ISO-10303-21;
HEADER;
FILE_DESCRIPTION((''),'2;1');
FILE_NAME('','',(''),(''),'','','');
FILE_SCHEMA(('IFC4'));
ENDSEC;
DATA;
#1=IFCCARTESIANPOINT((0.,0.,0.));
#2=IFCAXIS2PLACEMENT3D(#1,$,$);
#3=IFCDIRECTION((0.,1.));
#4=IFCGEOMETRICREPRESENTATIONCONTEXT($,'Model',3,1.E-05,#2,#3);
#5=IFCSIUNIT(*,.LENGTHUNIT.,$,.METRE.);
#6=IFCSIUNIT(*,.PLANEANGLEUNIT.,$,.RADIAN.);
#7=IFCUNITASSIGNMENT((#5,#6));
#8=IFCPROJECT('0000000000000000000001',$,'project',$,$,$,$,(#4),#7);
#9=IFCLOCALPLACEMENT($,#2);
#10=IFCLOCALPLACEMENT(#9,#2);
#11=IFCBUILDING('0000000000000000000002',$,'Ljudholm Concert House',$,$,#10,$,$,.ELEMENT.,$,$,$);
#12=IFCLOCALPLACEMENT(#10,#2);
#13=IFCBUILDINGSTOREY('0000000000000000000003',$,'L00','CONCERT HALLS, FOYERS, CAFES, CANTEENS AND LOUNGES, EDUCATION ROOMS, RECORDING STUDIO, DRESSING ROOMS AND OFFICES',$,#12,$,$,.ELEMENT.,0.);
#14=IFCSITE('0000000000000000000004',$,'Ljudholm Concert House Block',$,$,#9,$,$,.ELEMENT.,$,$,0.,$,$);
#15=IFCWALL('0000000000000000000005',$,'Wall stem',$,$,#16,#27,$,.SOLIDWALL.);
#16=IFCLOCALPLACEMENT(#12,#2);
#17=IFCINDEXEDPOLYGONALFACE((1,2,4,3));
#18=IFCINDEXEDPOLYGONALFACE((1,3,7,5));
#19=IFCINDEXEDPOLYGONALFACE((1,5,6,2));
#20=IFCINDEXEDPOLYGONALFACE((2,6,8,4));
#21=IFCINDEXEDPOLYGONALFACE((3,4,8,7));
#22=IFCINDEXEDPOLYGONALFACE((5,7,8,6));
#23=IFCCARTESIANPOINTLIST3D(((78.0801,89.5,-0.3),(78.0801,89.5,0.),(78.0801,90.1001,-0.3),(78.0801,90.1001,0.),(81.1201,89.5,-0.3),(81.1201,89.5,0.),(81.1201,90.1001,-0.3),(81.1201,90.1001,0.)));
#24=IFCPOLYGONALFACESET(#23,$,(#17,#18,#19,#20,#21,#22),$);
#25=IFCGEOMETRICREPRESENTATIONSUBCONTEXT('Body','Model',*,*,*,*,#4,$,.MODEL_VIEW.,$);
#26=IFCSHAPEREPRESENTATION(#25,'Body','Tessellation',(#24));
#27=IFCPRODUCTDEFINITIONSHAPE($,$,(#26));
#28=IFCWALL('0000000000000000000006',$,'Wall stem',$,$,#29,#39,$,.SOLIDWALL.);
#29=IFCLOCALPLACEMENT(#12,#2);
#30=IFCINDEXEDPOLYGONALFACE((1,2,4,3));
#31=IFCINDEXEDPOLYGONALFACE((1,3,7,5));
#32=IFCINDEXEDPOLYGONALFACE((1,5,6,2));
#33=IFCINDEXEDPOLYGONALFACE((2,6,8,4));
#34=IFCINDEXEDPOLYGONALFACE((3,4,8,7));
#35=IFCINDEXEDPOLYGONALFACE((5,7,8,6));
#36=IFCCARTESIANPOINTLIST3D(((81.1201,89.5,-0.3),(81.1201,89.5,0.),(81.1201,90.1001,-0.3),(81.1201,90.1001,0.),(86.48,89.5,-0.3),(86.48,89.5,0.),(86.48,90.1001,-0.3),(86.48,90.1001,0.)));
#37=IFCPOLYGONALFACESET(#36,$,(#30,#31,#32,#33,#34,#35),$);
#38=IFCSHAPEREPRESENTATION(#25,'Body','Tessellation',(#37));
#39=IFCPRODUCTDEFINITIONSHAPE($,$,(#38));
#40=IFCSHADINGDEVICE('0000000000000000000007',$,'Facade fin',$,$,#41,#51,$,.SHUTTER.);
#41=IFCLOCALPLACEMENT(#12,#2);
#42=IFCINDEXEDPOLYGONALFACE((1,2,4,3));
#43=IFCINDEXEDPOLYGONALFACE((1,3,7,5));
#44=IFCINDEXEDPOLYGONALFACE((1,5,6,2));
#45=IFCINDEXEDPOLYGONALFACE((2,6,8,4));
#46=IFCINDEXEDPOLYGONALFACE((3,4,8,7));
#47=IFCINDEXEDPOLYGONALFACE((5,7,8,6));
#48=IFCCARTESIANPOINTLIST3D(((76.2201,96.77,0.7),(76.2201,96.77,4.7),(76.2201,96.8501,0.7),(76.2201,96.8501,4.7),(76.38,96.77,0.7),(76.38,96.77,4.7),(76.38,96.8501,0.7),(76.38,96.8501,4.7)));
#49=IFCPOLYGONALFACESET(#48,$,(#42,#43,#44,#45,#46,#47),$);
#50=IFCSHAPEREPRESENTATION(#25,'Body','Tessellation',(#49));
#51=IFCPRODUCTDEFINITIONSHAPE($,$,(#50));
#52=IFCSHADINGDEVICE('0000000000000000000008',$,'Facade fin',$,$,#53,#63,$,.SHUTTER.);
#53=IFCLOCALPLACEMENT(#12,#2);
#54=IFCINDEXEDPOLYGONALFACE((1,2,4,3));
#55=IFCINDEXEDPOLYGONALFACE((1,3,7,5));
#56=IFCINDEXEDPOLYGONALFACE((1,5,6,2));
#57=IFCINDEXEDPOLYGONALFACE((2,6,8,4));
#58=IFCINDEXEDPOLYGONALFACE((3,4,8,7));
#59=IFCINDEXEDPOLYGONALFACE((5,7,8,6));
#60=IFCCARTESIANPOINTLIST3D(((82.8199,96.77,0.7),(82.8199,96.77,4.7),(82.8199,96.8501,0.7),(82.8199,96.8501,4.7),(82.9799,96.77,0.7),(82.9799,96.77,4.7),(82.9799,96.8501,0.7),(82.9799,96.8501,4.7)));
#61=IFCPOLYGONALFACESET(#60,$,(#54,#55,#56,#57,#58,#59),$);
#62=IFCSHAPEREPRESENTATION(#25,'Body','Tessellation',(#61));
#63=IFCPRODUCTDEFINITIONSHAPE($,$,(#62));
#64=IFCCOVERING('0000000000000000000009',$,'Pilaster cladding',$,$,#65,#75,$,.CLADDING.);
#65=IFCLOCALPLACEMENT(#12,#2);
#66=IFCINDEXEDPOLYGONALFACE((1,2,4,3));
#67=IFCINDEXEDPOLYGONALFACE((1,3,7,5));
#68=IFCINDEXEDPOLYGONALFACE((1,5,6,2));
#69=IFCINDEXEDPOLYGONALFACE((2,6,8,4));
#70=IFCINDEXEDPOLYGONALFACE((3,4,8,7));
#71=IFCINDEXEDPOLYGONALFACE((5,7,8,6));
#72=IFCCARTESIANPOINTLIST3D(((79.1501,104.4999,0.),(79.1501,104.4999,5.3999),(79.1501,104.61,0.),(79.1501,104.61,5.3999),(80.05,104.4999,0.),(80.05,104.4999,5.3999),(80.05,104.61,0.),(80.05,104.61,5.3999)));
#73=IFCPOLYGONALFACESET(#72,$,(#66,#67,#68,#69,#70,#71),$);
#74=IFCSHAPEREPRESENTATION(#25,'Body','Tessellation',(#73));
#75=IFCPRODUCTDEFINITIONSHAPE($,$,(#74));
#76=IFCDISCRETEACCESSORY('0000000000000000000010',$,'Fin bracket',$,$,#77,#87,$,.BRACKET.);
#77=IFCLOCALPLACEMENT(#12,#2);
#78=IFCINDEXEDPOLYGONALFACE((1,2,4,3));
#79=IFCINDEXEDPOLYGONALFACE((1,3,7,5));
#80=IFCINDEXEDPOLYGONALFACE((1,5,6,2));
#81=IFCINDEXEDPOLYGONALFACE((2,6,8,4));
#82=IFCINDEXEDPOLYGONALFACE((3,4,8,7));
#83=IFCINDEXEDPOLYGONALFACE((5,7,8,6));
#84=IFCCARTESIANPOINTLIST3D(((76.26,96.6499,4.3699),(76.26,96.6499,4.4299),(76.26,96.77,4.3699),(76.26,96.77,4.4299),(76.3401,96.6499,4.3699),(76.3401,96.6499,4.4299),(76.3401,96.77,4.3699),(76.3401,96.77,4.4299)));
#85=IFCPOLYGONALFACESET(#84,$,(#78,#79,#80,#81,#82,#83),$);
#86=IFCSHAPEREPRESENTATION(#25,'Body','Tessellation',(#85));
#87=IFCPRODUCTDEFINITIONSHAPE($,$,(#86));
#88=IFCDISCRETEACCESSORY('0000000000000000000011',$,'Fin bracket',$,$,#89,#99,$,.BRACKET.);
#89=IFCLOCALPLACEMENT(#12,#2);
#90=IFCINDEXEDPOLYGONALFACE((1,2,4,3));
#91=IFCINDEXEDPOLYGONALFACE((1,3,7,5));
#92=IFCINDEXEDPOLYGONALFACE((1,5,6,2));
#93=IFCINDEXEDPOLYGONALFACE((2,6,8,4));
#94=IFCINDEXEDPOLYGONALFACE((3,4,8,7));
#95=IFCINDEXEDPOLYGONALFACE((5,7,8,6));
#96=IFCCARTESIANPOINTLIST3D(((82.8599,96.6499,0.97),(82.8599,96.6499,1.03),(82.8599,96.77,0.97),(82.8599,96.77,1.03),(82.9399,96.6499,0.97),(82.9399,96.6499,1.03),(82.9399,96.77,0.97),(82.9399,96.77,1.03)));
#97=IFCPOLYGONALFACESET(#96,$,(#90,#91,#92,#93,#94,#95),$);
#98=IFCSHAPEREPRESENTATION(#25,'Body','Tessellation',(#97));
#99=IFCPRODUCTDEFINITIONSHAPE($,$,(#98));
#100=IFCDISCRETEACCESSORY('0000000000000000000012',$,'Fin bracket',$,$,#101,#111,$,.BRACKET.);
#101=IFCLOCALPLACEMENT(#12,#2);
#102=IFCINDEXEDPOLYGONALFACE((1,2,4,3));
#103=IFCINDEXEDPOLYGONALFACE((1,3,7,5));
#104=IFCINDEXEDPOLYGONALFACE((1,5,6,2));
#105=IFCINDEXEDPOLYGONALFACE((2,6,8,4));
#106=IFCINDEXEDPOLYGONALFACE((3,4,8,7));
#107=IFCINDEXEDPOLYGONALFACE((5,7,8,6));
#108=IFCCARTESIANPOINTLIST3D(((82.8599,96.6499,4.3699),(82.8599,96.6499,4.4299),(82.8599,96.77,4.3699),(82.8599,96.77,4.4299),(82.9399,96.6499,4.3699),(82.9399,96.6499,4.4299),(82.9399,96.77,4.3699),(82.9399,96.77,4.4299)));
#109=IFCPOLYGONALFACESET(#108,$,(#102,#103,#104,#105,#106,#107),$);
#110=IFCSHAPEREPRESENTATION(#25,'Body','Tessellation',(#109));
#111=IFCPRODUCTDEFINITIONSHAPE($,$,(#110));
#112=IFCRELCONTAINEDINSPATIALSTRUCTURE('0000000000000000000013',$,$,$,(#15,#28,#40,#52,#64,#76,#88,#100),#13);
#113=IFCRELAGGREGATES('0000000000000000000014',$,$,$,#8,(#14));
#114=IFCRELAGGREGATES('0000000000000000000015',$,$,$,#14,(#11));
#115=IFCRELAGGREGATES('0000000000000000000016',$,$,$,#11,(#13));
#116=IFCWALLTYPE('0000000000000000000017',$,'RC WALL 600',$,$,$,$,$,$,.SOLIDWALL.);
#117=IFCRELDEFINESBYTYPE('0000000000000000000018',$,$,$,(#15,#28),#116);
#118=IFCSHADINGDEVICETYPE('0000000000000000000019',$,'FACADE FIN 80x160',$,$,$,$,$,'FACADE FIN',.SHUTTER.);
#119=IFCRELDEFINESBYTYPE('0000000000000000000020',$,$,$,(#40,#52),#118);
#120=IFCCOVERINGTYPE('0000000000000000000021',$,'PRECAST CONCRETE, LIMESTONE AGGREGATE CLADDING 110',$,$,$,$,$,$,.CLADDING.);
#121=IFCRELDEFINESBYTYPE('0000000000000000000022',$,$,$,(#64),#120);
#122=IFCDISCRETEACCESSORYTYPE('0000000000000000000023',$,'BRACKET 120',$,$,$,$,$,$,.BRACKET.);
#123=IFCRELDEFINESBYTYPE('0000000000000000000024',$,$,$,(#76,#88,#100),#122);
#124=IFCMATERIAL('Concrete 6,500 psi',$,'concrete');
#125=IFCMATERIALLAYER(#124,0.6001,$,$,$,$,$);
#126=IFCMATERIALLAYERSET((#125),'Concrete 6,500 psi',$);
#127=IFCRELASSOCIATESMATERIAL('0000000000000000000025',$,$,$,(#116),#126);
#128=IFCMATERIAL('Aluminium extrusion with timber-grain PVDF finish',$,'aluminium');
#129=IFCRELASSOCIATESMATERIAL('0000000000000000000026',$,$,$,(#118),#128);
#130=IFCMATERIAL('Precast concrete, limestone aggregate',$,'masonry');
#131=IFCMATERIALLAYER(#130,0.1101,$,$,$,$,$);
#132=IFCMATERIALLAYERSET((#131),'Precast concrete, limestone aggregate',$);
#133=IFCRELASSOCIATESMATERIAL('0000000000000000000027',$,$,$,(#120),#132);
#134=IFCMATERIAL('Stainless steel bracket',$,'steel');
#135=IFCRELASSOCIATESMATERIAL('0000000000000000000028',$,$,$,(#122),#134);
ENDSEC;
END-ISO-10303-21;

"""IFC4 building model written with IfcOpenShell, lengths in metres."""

from ifc_helpers import new_model, si_unit, direction, frame, frame_2d, origin, origin_2d, place, context, subcontext, project, spatial, rectangle, extrude, material, layer, layer_set, type_object, element, save


model = new_model("IFC4")

# Units and contexts
model_context = context("Model", 3, precision=1e-05, world=origin(), true_north=direction((0.0, 1.0)))
body_context = subcontext(model_context, "Body", "Model", "MODEL_VIEW")
ifc_project = project(units=[si_unit("LENGTHUNIT", "METRE"), si_unit("PLANEANGLEUNIT", "RADIAN")], contexts=[model_context])

# Site, building, storey
site_placement = place(None, origin())
site = spatial("IfcSite", under=ifc_project, at=site_placement, Name="Ljudholm Concert House Block", CompositionType="ELEMENT", RefElevation=0.0)
building_placement = place(site_placement, origin())
building = spatial("IfcBuilding", under=site, at=building_placement, Name="Ljudholm Concert House", CompositionType="ELEMENT")
storey_placement = place(building_placement, origin())
storey = spatial("IfcBuildingStorey", under=building, at=storey_placement, Name="L00", Description="CONCERT HALLS, FOYERS, CAFES, CANTEENS AND LOUNGES, EDUCATION ROOMS, RECORDING STUDIO, DRESSING ROOMS AND OFFICES", CompositionType="ELEMENT", Elevation=0.0)

# Walls
ifc_material_1 = material(Name="Concrete 6,500 psi", Category="concrete")
ifc_layer_1 = layer(ifc_material_1, 0.6001)
ifc_layer_set_1 = layer_set([ifc_layer_1], Name="Concrete 6,500 psi")
wall_type_1 = type_object("IfcWallType", Name="RC WALL 600", PredefinedType="SOLIDWALL", material=ifc_layer_set_1)
wall_1_placement = place(storey_placement, frame((78.0801, 89.8, -0.3), z_axis=(0.0, 0.0, 1.0), x_axis=(1.0, 0.0, 0.0)))
element("IfcWall", 1, at=wall_1_placement, inside=storey, type_object=wall_type_1, Name="Wall stem", PredefinedType="SOLIDWALL", context=body_context, shape_type="SweptSolid", body=[
    extrude(rectangle(XDim=3.04, YDim=0.6001, at=frame_2d((1.52, 0.0))), origin(), (0.0, 0.0, 1.0), 0.3),
])
wall_2_placement = place(storey_placement, frame((81.1201, 89.8, -0.3), z_axis=(0.0, 0.0, 1.0), x_axis=(1.0, 0.0, 0.0)))
element("IfcWall", 2, at=wall_2_placement, inside=storey, type_object=wall_type_1, Name="Wall stem", PredefinedType="SOLIDWALL", context=body_context, shape_type="SweptSolid", body=[
    extrude(rectangle(XDim=5.3599, YDim=0.6001, at=frame_2d((2.6799, 0.0))), origin(), (0.0, 0.0, 1.0), 0.3),
])

# Shading devices
ifc_material_2 = material(Name="Aluminium extrusion with timber-grain PVDF finish", Category="aluminium")
shading_device_type = type_object("IfcShadingDeviceType", Name="FACADE FIN 80x160", ElementType="FACADE FIN", PredefinedType="SHUTTER", material=ifc_material_2)
for number, where, z_axis, x_axis, name in (
    (3, (76.3, 96.8101, 0.7), (0.0, 0.0, 1.0), (0.0, 1.0, 0.0), "Facade fin"),
    (4, (82.8999, 96.8101, 0.7), (0.0, 0.0, 1.0), (0.0, 1.0, 0.0), "Facade fin"),
):
    element("IfcShadingDevice", number, at=place(storey_placement, frame(where, z_axis=z_axis, x_axis=x_axis)), inside=storey, type_object=shading_device_type, Name=name, PredefinedType="SHUTTER", context=body_context, shape_type="SweptSolid", body=[
        extrude(rectangle(XDim=0.0801, YDim=0.1599, at=origin_2d()), origin(), (0.0, 0.0, 1.0), 4.0),
    ])

# Covering
ifc_material_3 = material(Name="Precast concrete, limestone aggregate", Category="masonry")
ifc_layer_2 = layer(ifc_material_3, 0.1101)
ifc_layer_set_2 = layer_set([ifc_layer_2], Name="Precast concrete, limestone aggregate")
covering_type = type_object("IfcCoveringType", Name="PRECAST CONCRETE, LIMESTONE AGGREGATE CLADDING 110", PredefinedType="CLADDING", material=ifc_layer_set_2)
covering_placement = place(storey_placement, frame((79.6001, 104.5549, 0.0), z_axis=(0.0, 0.0, 1.0), x_axis=(0.0, -1.0, 0.0)))
element("IfcCovering", 5, at=covering_placement, inside=storey, type_object=covering_type, Name="Pilaster cladding", PredefinedType="CLADDING", context=body_context, shape_type="SweptSolid", body=[
    extrude(rectangle(XDim=0.1101, YDim=0.8999, at=origin_2d()), origin(), (0.0, 0.0, 1.0), 5.3999),
])

# Discrete accessories
ifc_material_4 = material(Name="Stainless steel bracket", Category="steel")
discrete_accessory_type = type_object("IfcDiscreteAccessoryType", Name="BRACKET 120", PredefinedType="BRACKET", material=ifc_material_4)
for number, where, z_axis, x_axis, name in (
    (6, (76.3, 96.71, 4.3699), (0.0, 0.0, 1.0), (0.0, 1.0, 0.0), "Fin bracket"),
    (7, (82.8999, 96.71, 0.97), (0.0, 0.0, 1.0), (0.0, 1.0, 0.0), "Fin bracket"),
    (8, (82.8999, 96.71, 4.3699), (0.0, 0.0, 1.0), (0.0, 1.0, 0.0), "Fin bracket"),
):
    element("IfcDiscreteAccessory", number, at=place(storey_placement, frame(where, z_axis=z_axis, x_axis=x_axis)), inside=storey, type_object=discrete_accessory_type, Name=name, PredefinedType="BRACKET", context=body_context, shape_type="SweptSolid", body=[
        extrude(rectangle(XDim=0.1201, YDim=0.0801, at=origin_2d()), origin(), (0.0, 0.0, 1.0), 0.0601),
    ])

save(model, "model.ifc")
